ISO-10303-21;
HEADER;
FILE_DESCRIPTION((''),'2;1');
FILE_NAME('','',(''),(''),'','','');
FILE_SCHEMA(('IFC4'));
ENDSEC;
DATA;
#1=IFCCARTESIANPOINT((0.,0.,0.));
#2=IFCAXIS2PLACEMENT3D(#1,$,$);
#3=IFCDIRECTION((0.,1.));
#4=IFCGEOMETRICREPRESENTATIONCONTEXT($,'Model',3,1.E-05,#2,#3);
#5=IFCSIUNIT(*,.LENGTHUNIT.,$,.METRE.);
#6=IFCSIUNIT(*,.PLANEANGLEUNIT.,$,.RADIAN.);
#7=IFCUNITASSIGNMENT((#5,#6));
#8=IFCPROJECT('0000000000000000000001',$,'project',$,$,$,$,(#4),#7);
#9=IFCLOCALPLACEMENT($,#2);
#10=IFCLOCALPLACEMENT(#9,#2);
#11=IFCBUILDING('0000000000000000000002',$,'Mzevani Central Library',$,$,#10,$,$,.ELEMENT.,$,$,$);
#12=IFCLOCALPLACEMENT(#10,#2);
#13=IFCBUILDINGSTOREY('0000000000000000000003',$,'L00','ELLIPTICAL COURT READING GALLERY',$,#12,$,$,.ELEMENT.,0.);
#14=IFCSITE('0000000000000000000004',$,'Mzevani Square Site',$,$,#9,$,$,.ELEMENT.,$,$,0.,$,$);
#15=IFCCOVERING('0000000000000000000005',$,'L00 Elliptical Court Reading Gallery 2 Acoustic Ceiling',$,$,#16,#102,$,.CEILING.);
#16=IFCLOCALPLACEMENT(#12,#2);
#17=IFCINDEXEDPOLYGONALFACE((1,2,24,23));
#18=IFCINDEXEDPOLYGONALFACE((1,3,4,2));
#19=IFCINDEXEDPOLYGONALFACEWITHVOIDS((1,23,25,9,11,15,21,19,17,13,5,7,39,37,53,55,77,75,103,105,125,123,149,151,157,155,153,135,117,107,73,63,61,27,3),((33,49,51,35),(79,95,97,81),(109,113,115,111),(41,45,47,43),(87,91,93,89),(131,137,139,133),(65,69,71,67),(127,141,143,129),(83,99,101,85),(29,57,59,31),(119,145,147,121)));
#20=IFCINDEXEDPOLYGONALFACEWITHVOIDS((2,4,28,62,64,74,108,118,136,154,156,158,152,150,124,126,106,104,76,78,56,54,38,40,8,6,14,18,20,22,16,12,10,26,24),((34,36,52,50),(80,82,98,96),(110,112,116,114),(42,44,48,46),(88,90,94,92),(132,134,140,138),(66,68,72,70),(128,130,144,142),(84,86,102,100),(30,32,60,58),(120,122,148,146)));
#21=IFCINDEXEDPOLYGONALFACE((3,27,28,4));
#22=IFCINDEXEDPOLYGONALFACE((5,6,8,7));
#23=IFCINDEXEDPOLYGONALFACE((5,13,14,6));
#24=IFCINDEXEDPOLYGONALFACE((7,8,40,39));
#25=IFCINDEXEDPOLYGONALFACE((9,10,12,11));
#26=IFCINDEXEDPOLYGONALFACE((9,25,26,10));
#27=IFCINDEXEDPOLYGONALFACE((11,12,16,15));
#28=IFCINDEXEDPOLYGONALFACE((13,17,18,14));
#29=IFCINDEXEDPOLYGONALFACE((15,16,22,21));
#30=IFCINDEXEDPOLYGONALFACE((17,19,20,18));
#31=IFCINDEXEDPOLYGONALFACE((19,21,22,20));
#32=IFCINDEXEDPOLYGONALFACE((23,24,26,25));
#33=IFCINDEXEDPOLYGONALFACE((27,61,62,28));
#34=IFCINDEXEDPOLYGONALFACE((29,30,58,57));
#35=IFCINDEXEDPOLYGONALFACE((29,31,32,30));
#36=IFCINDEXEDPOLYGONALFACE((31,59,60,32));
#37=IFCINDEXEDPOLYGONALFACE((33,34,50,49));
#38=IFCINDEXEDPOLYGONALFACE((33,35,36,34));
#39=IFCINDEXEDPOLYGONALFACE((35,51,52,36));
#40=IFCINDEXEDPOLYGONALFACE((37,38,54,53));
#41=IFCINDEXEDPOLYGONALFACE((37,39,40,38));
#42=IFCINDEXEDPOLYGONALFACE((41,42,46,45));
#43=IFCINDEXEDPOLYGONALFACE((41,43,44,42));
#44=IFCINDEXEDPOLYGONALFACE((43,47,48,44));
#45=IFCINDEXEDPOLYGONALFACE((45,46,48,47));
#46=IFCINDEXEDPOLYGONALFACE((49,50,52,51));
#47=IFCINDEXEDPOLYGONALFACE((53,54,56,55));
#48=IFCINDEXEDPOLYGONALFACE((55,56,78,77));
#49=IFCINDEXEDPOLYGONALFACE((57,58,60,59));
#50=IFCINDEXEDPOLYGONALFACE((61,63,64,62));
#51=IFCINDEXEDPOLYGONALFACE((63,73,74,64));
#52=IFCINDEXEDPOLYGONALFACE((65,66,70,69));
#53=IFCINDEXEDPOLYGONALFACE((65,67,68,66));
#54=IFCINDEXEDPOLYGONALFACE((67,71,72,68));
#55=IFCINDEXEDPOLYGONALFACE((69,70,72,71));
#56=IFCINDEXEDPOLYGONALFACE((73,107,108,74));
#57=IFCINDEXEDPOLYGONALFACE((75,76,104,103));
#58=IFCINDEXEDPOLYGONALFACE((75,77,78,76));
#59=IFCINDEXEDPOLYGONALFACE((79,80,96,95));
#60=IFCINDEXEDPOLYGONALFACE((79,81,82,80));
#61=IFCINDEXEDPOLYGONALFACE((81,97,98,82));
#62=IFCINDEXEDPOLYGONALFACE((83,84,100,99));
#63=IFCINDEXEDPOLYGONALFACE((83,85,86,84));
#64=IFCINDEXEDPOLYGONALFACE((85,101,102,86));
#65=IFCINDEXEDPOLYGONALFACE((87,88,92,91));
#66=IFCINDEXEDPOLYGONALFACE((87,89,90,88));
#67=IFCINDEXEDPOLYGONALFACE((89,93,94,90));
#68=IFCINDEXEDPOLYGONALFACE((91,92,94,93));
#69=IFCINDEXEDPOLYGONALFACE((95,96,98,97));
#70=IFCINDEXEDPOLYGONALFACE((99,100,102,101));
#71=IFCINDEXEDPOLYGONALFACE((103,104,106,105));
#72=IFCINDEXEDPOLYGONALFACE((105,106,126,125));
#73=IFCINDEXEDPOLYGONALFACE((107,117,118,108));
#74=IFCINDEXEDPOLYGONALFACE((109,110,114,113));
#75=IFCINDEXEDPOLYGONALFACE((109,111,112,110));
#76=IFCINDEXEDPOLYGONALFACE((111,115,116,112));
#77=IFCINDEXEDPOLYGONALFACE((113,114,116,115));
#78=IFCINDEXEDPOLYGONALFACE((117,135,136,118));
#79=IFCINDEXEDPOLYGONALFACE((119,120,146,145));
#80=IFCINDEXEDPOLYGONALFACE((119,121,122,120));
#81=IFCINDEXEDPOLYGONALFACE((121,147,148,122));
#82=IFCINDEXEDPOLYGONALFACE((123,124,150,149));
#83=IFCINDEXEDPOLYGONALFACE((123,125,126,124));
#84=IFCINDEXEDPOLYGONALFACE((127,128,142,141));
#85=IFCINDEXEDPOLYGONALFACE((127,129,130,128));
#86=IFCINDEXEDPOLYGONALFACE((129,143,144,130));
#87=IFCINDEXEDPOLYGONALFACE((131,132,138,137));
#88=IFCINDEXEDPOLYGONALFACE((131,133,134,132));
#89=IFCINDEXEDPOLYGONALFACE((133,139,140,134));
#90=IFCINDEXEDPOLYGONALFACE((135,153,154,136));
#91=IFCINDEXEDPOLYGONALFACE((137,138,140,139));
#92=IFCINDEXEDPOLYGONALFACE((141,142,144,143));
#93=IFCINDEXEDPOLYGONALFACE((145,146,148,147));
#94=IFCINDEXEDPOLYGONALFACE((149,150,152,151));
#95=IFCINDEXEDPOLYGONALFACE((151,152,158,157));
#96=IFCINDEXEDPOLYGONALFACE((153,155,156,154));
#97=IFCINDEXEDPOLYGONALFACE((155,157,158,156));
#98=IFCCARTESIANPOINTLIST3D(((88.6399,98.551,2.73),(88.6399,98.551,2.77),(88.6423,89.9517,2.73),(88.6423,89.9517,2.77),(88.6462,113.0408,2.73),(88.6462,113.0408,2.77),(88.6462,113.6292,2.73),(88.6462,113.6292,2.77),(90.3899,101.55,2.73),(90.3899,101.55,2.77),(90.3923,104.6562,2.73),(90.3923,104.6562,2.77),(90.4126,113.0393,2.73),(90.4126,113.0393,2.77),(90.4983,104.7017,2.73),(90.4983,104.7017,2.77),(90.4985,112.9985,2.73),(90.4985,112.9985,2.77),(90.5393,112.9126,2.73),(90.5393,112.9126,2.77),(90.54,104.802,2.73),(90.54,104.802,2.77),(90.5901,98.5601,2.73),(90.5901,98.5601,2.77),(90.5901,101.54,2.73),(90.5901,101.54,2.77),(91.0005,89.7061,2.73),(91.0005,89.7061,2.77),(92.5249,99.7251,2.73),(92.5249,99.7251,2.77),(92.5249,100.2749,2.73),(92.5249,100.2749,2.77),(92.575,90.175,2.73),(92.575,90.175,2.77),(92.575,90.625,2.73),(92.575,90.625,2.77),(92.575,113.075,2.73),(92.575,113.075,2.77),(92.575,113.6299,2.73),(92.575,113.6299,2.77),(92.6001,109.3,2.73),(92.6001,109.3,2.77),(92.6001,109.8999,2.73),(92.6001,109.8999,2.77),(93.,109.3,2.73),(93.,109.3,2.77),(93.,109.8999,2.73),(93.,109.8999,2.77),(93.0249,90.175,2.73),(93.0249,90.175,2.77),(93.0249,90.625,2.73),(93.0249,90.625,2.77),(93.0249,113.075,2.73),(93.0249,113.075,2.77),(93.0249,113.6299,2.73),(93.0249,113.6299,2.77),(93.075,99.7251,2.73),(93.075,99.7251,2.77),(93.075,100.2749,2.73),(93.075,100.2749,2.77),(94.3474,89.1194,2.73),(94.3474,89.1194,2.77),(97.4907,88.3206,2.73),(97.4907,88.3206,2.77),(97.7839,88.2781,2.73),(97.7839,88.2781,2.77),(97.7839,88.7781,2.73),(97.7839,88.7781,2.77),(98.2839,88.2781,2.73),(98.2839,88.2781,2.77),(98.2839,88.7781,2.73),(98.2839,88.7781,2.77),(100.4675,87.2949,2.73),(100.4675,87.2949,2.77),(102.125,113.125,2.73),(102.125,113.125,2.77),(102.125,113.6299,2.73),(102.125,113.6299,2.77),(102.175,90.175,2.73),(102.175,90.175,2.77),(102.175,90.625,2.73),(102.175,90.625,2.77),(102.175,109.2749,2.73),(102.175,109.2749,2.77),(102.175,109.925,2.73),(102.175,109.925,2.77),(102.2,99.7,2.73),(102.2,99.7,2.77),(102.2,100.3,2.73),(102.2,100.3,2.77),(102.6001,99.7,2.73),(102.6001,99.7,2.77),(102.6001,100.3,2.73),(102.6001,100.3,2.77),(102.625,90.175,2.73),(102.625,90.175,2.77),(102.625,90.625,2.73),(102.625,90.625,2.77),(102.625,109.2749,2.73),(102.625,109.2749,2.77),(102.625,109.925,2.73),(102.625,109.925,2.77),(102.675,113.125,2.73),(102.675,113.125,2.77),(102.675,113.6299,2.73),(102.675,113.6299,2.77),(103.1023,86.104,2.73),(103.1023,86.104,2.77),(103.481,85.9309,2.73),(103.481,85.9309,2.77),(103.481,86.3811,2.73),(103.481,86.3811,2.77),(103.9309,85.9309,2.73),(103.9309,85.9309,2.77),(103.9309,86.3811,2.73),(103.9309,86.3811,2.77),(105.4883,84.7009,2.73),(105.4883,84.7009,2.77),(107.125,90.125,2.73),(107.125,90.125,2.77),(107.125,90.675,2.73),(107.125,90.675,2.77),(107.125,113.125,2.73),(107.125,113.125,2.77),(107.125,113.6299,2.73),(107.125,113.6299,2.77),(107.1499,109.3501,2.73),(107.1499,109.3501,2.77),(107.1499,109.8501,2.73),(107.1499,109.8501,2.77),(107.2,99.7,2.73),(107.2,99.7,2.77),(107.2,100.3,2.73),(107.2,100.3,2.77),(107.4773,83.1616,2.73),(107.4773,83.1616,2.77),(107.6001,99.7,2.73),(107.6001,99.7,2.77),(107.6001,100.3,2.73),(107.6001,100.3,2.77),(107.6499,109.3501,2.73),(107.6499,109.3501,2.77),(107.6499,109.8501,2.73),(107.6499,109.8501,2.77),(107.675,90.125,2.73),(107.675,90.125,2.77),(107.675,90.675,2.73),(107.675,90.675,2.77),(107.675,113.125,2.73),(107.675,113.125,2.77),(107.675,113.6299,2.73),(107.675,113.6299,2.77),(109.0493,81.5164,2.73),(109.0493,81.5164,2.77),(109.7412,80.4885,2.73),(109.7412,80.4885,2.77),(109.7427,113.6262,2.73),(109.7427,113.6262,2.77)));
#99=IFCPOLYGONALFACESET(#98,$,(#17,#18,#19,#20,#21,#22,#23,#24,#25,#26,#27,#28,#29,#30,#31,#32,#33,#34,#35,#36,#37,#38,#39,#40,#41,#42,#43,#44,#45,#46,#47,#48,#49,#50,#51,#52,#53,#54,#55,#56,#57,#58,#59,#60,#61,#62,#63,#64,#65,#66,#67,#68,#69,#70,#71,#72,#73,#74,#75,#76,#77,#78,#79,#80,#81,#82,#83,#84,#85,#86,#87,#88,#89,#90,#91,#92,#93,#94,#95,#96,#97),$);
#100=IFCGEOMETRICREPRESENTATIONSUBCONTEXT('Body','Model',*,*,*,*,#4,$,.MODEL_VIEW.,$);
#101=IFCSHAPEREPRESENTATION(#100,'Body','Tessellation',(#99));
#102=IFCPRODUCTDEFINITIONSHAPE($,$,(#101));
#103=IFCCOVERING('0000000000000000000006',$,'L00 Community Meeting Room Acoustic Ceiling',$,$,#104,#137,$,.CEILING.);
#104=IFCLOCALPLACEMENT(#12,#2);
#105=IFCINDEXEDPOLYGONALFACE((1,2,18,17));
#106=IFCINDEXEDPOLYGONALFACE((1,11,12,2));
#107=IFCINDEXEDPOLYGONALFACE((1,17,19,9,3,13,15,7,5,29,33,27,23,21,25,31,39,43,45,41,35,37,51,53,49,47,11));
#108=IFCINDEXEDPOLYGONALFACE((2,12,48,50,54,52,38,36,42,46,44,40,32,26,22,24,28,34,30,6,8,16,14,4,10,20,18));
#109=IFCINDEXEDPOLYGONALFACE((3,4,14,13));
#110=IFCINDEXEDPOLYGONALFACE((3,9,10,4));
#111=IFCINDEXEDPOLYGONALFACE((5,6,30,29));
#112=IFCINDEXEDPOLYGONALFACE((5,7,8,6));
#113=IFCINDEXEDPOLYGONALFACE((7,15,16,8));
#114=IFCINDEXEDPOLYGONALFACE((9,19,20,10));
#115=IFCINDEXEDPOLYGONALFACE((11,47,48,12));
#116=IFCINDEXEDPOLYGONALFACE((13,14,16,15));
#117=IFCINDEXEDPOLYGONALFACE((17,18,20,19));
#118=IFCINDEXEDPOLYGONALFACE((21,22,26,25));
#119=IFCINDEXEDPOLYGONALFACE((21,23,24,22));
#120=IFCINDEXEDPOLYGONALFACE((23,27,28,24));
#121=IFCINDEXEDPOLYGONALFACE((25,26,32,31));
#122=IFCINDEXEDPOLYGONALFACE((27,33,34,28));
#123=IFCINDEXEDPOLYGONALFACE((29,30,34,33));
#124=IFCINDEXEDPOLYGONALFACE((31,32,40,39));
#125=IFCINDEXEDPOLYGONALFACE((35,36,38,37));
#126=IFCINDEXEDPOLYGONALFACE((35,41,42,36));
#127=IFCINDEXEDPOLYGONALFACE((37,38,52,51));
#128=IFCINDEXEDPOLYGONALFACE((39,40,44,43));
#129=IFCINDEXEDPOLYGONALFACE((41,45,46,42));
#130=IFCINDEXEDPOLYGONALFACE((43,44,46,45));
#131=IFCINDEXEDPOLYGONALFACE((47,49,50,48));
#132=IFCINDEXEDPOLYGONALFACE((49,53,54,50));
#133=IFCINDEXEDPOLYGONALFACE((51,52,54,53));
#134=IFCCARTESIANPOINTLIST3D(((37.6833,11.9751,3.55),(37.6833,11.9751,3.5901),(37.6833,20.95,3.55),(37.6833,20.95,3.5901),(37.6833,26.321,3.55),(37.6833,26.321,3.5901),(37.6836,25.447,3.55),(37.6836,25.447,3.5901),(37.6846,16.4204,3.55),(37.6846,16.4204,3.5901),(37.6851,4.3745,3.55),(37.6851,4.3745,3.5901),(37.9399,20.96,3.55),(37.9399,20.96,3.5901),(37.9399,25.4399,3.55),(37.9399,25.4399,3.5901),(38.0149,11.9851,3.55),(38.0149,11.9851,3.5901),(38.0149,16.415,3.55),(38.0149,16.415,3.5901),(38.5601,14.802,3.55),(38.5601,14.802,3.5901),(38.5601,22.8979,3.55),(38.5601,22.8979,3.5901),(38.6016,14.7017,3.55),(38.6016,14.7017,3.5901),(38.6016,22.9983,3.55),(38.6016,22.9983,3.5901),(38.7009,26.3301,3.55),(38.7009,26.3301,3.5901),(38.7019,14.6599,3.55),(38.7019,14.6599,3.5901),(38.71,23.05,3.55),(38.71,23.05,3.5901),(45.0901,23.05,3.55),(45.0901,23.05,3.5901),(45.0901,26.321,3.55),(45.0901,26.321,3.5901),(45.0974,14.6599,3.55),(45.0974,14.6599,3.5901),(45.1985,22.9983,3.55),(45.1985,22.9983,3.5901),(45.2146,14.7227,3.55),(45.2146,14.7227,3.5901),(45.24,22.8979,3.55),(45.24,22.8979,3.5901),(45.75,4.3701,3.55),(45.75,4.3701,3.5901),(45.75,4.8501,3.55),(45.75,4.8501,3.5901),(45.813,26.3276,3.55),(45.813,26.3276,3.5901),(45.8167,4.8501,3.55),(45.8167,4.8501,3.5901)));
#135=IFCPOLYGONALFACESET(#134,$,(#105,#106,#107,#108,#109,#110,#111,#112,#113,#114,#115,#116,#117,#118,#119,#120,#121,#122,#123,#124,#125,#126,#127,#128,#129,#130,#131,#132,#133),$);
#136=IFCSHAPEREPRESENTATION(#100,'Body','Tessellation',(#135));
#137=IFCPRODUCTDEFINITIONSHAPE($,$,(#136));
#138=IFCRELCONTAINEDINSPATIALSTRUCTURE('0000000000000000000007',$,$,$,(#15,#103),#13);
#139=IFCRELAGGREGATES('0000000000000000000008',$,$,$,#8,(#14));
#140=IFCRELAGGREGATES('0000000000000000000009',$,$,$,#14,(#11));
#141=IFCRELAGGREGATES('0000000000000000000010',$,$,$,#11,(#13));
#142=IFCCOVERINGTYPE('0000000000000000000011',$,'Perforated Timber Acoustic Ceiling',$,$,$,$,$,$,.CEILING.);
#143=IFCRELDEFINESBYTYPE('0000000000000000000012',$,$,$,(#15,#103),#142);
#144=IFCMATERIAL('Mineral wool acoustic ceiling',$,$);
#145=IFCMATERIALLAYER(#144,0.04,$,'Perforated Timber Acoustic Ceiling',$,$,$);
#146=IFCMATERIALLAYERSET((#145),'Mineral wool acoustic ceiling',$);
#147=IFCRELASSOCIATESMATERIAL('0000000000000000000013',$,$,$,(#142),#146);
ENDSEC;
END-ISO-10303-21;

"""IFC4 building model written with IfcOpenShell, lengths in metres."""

from ifc_helpers import new_model, si_unit, direction, frame, origin, place, context, subcontext, project, spatial, polyline, outline, extrude, material, layer, layer_set, type_object, element, save


model = new_model("IFC4")

# Units and contexts
model_context = context("Model", 3, precision=1e-05, world=origin(), true_north=direction((0.0, 1.0)))
body_context = subcontext(model_context, "Body", "Model", "MODEL_VIEW")
ifc_project = project(units=[si_unit("LENGTHUNIT", "METRE"), si_unit("PLANEANGLEUNIT", "RADIAN")], contexts=[model_context])

# Site, building, storey
site_placement = place(None, origin())
site = spatial("IfcSite", under=ifc_project, at=site_placement, Name="Mzevani Square Site", CompositionType="ELEMENT", RefElevation=0.0)
building_placement = place(site_placement, origin())
building = spatial("IfcBuilding", under=site, at=building_placement, Name="Mzevani Central Library", CompositionType="ELEMENT")
storey_placement = place(building_placement, origin())
storey = spatial("IfcBuildingStorey", under=building, at=storey_placement, Name="L00", Description="ELLIPTICAL COURT READING GALLERY", CompositionType="ELEMENT", Elevation=0.0)

# Coverings
ifc_material_1 = material(Name="Mineral wool acoustic ceiling")
ifc_layer_1 = layer(ifc_material_1, 0.04, Name="Perforated Timber Acoustic Ceiling")
ifc_layer_set_1 = layer_set([ifc_layer_1], Name="Mineral wool acoustic ceiling")
covering_type_1 = type_object("IfcCoveringType", Name="Perforated Timber Acoustic Ceiling", PredefinedType="CEILING", material=ifc_layer_set_1)
covering_1_placement = place(storey_placement, frame((0.0, 0.0, 2.73)))
element("IfcCovering", 1, at=covering_1_placement, inside=storey, type_object=covering_type_1, Name="L00 Elliptical Court Reading Gallery 2 Acoustic Ceiling", PredefinedType="CEILING", context=body_context, shape_type="SweptSolid", body=[
    extrude(outline(polyline([(90.3923, 104.6562), (90.4983, 104.7017), (90.54, 104.802), (90.5393, 112.9126), (90.4985, 112.9985), (90.4126, 113.0393), (88.6462, 113.0408), (88.6462, 113.6292), (92.575, 113.6299), (92.575, 113.075), (93.0249, 113.075), (93.0249, 113.6299), (102.125, 113.6299), (102.125, 113.125), (102.675, 113.125), (102.675, 113.6299), (107.125, 113.6299), (107.125, 113.125), (107.675, 113.125), (107.675, 113.6299), (109.7427, 113.6262), (109.7412, 80.4885), (109.0493, 81.5164), (107.4773, 83.1616), (105.4883, 84.7009), (103.1023, 86.104), (100.4675, 87.2949), (97.4907, 88.3206), (94.3474, 89.1194), (91.0005, 89.7061), (88.6423, 89.9517), (88.6399, 98.551), (90.5901, 98.5601), (90.5901, 101.54), (90.3899, 101.55), (90.3923, 104.6562)]), holes=[polyline([(92.575, 90.625), (92.575, 90.175), (93.0249, 90.175), (93.0249, 90.625), (92.575, 90.625)]), polyline([(93.075, 100.2749), (92.5249, 100.2749), (92.5249, 99.7251), (93.075, 99.7251), (93.075, 100.2749)]), polyline([(93.0, 109.3), (93.0, 109.8999), (92.6001, 109.8999), (92.6001, 109.3), (93.0, 109.3)]), polyline([(102.175, 90.625), (102.175, 90.175), (102.625, 90.175), (102.625, 90.625), (102.175, 90.625)]), polyline([(102.6001, 100.3), (102.2, 100.3), (102.2, 99.7), (102.6001, 99.7), (102.6001, 100.3)]), polyline([(102.625, 109.2749), (102.625, 109.925), (102.175, 109.925), (102.175, 109.2749), (102.625, 109.2749)]), polyline([(107.125, 90.675), (107.125, 90.125), (107.675, 90.125), (107.675, 90.675), (107.125, 90.675)]), polyline([(107.6001, 100.3), (107.2, 100.3), (107.2, 99.7), (107.6001, 99.7), (107.6001, 100.3)]), polyline([(107.6499, 109.3501), (107.6499, 109.8501), (107.1499, 109.8501), (107.1499, 109.3501), (107.6499, 109.3501)]), polyline([(103.481, 86.3811), (103.481, 85.9309), (103.9309, 85.9309), (103.9309, 86.3811), (103.481, 86.3811)]), polyline([(98.2839, 88.7781), (97.7839, 88.7781), (97.7839, 88.2781), (98.2839, 88.2781), (98.2839, 88.7781)])]), origin(), (0.0, 0.0, 1.0), 0.04),
])
covering_2_placement = place(storey_placement, frame((0.0, 0.0, 3.55)))
element("IfcCovering", 2, at=covering_2_placement, inside=storey, type_object=covering_type_1, Name="L00 Community Meeting Room Acoustic Ceiling", PredefinedType="CEILING", context=body_context, shape_type="SweptSolid", body=[
    extrude(outline(polyline([(37.6846, 16.4204), (37.6833, 20.95), (37.9399, 20.96), (37.9399, 25.4399), (37.6836, 25.447), (37.6833, 26.321), (38.7009, 26.3301), (38.71, 23.05), (38.6016, 22.9983), (38.5601, 22.8979), (38.5601, 14.802), (38.6016, 14.7017), (38.7019, 14.6599), (45.0974, 14.6599), (45.2146, 14.7227), (45.24, 22.8979), (45.1985, 22.9983), (45.0901, 23.05), (45.0901, 26.321), (45.813, 26.3276), (45.8167, 4.8501), (45.75, 4.8501), (45.75, 4.3701), (37.6851, 4.3745), (37.6833, 11.9751), (38.0149, 11.9851), (38.0149, 16.415), (37.6846, 16.4204)])), origin(), (0.0, 0.0, 1.0), 0.04),
])

save(model, "model.ifc")
